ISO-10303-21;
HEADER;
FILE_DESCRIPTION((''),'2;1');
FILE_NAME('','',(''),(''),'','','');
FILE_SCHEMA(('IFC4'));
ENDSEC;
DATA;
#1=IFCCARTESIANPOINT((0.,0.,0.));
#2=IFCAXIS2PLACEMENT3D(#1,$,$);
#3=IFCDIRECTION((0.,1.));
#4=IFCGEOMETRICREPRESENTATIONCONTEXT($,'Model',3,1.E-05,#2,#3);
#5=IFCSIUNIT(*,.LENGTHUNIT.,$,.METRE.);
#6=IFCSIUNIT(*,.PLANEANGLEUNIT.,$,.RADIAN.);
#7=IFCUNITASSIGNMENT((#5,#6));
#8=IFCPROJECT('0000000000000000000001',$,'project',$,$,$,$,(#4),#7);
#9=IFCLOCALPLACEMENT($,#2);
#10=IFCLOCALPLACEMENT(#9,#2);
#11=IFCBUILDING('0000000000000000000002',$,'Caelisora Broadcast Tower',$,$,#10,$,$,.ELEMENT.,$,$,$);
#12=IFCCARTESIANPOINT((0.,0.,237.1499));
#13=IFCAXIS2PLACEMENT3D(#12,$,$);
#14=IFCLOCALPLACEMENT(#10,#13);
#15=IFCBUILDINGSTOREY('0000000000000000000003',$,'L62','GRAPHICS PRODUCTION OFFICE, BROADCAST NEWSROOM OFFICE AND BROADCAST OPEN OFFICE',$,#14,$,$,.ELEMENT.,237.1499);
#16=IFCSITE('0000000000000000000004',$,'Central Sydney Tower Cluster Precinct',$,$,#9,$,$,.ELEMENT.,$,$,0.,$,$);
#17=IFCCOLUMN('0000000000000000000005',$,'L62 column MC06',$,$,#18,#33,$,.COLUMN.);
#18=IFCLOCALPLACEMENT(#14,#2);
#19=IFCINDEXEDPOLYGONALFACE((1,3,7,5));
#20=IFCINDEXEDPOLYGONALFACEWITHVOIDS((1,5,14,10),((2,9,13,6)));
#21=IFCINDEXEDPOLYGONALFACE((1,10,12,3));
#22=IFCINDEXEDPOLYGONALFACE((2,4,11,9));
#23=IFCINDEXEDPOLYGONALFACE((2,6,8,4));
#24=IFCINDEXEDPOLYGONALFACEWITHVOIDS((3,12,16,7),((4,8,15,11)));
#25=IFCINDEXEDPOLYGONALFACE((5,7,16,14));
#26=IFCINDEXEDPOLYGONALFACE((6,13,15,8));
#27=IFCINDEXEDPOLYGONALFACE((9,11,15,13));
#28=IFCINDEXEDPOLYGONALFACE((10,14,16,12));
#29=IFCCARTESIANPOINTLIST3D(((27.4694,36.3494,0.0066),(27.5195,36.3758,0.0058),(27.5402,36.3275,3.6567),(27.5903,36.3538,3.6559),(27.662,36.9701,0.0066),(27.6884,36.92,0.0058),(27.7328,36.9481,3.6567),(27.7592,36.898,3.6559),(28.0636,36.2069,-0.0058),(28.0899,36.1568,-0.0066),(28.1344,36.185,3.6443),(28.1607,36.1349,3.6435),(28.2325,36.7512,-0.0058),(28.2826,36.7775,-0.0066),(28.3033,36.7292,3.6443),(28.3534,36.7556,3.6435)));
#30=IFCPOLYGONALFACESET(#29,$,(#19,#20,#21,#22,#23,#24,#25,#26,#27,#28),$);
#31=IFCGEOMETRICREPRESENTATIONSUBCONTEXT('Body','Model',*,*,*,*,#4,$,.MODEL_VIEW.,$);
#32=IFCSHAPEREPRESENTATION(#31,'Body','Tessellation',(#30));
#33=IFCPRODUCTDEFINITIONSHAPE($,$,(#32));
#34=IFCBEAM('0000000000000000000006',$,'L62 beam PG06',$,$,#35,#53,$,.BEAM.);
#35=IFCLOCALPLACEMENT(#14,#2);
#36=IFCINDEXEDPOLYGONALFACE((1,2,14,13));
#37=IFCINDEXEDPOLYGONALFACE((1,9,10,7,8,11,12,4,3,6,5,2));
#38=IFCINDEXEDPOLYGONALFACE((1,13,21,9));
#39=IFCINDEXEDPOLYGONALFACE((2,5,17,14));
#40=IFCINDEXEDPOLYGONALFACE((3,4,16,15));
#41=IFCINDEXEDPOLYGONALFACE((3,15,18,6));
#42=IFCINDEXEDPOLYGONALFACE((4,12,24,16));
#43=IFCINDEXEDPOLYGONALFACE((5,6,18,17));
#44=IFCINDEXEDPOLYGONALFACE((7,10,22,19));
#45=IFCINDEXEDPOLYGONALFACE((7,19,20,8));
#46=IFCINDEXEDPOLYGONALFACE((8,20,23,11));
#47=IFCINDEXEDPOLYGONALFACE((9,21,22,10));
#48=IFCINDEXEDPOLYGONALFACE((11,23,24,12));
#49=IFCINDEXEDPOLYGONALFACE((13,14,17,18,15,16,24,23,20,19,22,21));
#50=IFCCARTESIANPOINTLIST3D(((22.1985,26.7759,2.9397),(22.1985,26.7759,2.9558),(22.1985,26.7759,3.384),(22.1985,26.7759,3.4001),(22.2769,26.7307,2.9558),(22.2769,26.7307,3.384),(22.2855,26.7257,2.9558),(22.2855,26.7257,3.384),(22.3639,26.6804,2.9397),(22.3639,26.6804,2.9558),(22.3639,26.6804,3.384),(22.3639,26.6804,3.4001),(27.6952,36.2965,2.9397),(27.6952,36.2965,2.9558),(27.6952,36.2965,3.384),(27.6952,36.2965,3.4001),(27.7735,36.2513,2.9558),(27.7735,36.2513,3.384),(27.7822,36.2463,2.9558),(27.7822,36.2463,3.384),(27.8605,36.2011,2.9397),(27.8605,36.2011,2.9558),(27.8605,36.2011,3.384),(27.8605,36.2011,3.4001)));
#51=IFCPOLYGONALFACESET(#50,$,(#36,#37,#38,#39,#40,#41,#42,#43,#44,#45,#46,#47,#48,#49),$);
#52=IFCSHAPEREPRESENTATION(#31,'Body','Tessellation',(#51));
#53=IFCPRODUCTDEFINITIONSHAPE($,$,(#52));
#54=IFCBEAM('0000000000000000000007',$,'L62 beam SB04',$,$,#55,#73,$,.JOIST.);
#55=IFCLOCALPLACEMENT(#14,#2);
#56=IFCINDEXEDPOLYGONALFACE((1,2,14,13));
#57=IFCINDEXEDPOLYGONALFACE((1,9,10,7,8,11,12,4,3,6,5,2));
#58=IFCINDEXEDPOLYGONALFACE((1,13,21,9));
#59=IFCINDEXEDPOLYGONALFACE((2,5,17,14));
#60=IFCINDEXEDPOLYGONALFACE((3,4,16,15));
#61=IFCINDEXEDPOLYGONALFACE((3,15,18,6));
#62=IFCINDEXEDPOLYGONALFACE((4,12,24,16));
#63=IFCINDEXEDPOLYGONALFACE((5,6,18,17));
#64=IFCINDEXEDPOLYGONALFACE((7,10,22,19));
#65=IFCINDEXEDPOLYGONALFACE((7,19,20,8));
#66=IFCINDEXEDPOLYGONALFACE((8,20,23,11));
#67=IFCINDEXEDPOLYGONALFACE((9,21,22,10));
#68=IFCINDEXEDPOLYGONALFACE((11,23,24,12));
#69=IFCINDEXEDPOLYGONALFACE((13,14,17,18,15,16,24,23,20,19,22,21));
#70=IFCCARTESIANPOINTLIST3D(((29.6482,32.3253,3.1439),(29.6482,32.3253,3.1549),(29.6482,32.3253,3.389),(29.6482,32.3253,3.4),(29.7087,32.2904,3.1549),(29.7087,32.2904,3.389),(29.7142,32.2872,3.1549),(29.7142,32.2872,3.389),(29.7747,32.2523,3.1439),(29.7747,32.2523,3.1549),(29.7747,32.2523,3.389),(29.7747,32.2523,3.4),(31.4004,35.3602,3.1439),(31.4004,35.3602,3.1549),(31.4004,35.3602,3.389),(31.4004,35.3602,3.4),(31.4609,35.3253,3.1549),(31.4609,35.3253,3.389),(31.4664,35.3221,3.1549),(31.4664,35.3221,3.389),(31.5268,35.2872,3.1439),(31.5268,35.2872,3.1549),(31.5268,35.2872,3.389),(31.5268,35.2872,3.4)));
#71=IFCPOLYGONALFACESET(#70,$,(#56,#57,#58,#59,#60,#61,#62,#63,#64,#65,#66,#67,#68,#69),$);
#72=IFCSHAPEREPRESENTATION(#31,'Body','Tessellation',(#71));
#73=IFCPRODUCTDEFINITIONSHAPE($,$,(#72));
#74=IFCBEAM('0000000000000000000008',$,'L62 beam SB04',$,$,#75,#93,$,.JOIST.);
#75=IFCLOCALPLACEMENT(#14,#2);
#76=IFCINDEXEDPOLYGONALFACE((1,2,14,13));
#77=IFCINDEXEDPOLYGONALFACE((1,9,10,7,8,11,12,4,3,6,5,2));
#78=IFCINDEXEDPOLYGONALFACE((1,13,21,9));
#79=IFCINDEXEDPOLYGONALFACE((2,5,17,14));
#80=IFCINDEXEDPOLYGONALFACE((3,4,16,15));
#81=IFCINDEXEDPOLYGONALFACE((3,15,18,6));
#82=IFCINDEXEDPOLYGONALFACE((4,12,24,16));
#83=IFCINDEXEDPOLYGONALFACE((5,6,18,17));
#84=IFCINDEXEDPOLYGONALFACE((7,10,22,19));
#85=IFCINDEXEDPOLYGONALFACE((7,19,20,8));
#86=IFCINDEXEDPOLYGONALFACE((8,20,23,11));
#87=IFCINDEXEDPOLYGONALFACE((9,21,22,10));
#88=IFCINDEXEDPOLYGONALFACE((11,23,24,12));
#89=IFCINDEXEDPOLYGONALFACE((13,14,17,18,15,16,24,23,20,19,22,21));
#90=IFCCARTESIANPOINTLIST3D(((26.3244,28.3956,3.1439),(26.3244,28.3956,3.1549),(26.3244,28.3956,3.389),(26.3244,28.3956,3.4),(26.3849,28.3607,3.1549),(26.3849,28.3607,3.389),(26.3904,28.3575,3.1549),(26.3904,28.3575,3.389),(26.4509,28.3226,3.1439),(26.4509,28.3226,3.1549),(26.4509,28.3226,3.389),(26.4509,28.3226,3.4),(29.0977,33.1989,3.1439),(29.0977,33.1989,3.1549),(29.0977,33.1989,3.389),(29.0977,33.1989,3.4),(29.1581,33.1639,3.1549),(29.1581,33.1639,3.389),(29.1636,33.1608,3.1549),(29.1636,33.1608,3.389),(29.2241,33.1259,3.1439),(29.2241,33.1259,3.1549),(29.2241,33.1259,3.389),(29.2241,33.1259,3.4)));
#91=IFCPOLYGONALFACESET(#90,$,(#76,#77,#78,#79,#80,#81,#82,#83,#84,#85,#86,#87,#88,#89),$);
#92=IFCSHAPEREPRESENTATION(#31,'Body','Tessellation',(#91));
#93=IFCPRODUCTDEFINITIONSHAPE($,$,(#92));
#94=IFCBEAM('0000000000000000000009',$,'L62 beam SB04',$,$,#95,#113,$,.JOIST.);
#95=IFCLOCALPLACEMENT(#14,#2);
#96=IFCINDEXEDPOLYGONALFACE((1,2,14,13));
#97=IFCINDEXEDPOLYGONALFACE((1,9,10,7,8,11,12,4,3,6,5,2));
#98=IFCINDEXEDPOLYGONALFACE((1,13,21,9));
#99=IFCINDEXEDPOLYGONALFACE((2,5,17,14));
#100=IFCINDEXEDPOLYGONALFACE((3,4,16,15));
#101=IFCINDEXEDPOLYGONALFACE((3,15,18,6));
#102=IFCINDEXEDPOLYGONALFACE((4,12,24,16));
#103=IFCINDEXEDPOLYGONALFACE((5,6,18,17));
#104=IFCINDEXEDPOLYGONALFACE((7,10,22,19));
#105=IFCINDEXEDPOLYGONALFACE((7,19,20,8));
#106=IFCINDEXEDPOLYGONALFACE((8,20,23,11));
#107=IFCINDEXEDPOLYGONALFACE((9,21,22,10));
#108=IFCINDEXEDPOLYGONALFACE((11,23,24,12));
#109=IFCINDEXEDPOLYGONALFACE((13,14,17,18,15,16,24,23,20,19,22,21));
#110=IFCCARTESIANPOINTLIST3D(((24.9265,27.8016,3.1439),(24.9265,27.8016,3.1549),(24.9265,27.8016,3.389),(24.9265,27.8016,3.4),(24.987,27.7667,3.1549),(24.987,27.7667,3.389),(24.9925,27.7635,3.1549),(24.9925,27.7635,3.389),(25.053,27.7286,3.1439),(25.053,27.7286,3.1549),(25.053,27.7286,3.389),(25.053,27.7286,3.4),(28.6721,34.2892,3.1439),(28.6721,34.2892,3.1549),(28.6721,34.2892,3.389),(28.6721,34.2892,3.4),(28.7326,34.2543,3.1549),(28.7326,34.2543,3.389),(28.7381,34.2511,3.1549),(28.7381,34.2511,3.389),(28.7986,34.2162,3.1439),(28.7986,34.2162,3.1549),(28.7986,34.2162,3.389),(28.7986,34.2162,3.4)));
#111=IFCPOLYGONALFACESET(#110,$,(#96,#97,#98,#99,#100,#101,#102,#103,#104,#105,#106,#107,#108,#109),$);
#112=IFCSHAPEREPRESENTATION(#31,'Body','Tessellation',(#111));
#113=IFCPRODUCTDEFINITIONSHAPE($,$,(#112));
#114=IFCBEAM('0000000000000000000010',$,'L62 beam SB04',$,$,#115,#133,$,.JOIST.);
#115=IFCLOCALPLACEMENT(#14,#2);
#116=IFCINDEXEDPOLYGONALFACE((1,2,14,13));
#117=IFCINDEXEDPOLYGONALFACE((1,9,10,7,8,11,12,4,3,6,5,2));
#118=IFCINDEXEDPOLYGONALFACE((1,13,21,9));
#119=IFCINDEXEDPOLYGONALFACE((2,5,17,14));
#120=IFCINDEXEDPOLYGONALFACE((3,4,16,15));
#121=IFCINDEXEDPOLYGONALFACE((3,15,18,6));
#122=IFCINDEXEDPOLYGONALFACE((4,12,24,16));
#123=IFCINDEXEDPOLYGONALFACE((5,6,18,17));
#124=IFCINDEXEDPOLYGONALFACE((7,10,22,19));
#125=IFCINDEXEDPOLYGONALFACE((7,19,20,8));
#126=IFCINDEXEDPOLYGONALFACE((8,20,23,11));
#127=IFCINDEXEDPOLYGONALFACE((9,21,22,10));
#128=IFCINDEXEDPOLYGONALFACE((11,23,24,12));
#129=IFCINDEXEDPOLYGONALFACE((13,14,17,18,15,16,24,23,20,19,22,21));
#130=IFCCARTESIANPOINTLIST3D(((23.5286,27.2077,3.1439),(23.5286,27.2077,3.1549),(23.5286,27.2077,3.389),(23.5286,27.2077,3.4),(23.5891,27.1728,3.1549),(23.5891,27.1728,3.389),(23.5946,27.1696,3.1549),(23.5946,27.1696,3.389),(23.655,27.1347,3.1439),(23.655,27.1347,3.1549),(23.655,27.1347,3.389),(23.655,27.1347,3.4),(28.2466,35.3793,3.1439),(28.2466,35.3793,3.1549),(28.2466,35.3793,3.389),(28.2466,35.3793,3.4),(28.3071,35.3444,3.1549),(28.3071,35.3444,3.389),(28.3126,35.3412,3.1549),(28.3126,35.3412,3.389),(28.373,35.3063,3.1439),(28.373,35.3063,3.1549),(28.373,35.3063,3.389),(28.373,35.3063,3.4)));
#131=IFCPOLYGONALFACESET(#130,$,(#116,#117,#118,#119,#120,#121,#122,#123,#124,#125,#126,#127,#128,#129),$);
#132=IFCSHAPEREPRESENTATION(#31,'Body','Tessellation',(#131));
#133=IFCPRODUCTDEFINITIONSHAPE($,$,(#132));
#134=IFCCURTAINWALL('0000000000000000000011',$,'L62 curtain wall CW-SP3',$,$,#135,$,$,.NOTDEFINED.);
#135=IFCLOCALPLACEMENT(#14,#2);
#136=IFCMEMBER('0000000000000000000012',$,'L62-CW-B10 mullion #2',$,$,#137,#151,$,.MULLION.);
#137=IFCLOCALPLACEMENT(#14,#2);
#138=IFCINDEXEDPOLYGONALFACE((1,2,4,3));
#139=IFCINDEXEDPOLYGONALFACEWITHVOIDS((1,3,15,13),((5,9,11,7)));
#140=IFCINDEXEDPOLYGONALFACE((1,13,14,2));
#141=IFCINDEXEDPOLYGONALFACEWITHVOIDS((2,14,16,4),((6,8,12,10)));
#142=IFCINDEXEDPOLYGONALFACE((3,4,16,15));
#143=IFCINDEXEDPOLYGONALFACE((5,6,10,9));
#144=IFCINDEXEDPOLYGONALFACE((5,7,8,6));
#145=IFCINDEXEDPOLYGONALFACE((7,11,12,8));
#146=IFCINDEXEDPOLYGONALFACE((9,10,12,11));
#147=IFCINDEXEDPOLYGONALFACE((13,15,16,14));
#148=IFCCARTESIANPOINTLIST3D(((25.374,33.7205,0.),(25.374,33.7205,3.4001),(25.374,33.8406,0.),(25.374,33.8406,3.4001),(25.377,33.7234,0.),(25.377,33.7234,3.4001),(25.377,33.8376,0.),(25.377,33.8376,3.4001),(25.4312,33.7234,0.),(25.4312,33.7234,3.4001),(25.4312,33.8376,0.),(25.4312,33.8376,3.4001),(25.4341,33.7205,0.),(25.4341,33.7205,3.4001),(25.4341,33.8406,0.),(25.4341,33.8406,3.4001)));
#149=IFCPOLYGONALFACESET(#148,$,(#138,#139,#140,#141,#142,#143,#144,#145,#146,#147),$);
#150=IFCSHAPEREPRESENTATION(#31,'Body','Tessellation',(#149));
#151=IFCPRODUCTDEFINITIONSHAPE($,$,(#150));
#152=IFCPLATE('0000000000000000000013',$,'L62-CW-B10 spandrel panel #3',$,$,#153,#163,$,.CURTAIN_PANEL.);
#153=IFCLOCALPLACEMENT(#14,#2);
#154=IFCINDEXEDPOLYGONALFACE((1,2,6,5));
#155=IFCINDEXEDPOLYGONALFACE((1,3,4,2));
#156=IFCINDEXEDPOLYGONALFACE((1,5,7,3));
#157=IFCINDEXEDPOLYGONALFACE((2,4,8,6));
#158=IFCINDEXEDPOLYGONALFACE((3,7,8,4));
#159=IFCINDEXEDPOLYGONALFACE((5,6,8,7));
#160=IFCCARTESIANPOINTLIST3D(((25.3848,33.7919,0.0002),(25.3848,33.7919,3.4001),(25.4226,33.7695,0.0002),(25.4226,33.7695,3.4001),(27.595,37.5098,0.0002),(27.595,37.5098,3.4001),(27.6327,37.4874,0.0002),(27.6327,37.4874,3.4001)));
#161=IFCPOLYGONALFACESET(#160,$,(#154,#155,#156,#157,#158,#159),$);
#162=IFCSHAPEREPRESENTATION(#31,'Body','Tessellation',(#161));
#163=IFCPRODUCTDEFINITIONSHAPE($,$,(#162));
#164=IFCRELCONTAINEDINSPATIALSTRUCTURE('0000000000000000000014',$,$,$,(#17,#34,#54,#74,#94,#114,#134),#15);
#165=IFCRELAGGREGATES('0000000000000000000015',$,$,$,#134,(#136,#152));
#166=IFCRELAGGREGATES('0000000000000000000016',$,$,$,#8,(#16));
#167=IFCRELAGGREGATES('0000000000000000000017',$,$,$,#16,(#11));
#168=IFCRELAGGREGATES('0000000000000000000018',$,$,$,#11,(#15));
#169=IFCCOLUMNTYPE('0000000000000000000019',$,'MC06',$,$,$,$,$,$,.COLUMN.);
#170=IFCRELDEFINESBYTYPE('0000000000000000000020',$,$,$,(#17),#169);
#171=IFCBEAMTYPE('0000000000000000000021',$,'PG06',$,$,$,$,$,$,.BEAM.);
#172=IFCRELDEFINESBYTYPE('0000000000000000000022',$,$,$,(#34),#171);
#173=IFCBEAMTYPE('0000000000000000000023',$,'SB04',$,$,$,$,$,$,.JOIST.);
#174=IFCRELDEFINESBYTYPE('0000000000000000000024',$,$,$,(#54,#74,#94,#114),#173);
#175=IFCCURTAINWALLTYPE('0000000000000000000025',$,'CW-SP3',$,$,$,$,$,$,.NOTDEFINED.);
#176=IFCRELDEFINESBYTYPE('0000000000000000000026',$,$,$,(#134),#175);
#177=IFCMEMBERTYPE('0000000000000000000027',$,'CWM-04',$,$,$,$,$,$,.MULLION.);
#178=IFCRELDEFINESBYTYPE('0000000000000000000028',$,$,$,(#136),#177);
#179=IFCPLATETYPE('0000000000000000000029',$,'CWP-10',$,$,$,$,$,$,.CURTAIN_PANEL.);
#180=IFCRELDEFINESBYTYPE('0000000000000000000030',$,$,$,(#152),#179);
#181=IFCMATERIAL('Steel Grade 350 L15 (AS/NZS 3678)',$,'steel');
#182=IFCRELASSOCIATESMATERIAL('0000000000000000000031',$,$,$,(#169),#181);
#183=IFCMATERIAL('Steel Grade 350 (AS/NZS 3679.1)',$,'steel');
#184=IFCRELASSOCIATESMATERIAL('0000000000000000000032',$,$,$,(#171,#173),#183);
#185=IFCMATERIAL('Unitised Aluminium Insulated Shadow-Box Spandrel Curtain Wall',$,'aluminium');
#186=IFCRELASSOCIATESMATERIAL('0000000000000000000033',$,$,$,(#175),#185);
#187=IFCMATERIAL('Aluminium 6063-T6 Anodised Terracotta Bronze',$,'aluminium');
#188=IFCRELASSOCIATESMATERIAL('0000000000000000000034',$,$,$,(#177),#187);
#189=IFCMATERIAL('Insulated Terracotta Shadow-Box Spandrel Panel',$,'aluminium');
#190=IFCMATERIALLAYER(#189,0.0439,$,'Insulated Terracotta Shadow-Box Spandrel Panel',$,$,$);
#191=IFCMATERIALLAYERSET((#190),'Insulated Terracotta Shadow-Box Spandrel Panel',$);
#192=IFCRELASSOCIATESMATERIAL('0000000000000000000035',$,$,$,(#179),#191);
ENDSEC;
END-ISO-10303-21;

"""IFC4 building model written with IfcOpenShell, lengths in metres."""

from ifc_helpers import new_model, si_unit, direction, frame, origin, origin_2d, place, context, subcontext, project, spatial, rectangle, hollow_rectangle, i_section, extrude, source, transform, mapped, material, layer, layer_set, material_profile, profile_set, type_object, type_shapes, element, aggregate, save


model = new_model("IFC4")

# Units and contexts
model_context = context("Model", 3, precision=1e-05, world=origin(), true_north=direction((0.0, 1.0)))
body_context = subcontext(model_context, "Body", "Model", "MODEL_VIEW")
ifc_project = project(units=[si_unit("LENGTHUNIT", "METRE"), si_unit("PLANEANGLEUNIT", "RADIAN")], contexts=[model_context])

# Site, building, storey
site_placement = place(None, origin())
site = spatial("IfcSite", under=ifc_project, at=site_placement, Name="Central Sydney Tower Cluster Precinct", CompositionType="ELEMENT", RefElevation=0.0)
building_placement = place(site_placement, origin())
building = spatial("IfcBuilding", under=site, at=building_placement, Name="Caelisora Broadcast Tower", CompositionType="ELEMENT")
storey_placement = place(building_placement, frame((0.0, 0.0, 237.1499)))
storey = spatial("IfcBuildingStorey", under=building, at=storey_placement, Name="L62", Description="GRAPHICS PRODUCTION OFFICE, BROADCAST NEWSROOM OFFICE AND BROADCAST OPEN OFFICE", CompositionType="ELEMENT", Elevation=237.1499)

# Column
ifc_material_1 = material(Name="Steel Grade 350 L15 (AS/NZS 3678)", Category="steel")
ifc_material_profile_1 = material_profile(ifc_material_1, hollow_rectangle(XDim=0.6499, YDim=0.6499, WallThickness=0.04, at=origin_2d()), Name="Steel Grade 350 L15 (AS/NZS 3678)")
ifc_profile_set_1 = profile_set([ifc_material_profile_1], Name="Steel Grade 350 L15 (AS/NZS 3678)")
column_type = type_object("IfcColumnType", Name="MC06", PredefinedType="COLUMN", material=ifc_profile_set_1)
shared_shape_1 = source(origin(), body_context, "Body", "SweptSolid", [
    extrude(hollow_rectangle(XDim=0.6499, YDim=0.6499, WallThickness=0.04, at=origin_2d()), origin(), (0.0, 0.0, 1.0), 3.6509),
])
type_shapes(column_type, [shared_shape_1])
column_placement = place(storey_placement, frame((27.876, 36.5635, 0.0), z_axis=(0.019393, -0.006018, 0.999794), x_axis=(0.296399, 0.955064, 0.0)))
element("IfcColumn", 1, at=column_placement, inside=storey, type_object=column_type, Name="L62 column MC06", PredefinedType="COLUMN", context=body_context, shape_type="MappedRepresentation", body=[
    mapped(shared_shape_1, transform((0.0, 0.0, 0.0), scale=1.0)),
])

# Beams
ifc_material_2 = material(Name="Steel Grade 350 (AS/NZS 3679.1)", Category="steel")
ifc_material_profile_2 = material_profile(ifc_material_2, i_section(OverallWidth=0.1909, OverallDepth=0.4604, WebThickness=0.01, FlangeThickness=0.0161, at=origin_2d()), Name="Steel Grade 350 (AS/NZS 3679.1)")
ifc_profile_set_2 = profile_set([ifc_material_profile_2], Name="Steel Grade 350 (AS/NZS 3679.1)")
beam_type_1 = type_object("IfcBeamType", Name="PG06", PredefinedType="BEAM", material=ifc_profile_set_2)
shared_shape_2 = source(origin(), body_context, "Body", "SweptSolid", [
    extrude(i_section(OverallWidth=0.1909, OverallDepth=0.4604, WebThickness=0.01, FlangeThickness=0.0161, at=origin_2d()), origin(), (0.0, 0.0, 1.0), 10.9934),
])
type_shapes(beam_type_1, [shared_shape_2])
beam_1_placement = place(storey_placement, frame((27.7778, 36.2488, 3.1699), z_axis=(-0.499994, -0.866029, 0.0), x_axis=(0.866029, -0.499994, 0.0)))
element("IfcBeam", 2, at=beam_1_placement, inside=storey, type_object=beam_type_1, Name="L62 beam PG06", PredefinedType="BEAM", context=body_context, shape_type="MappedRepresentation", body=[
    mapped(shared_shape_2, transform((0.0, 0.0, 0.0), scale=1.0)),
])
ifc_material_profile_3 = material_profile(ifc_material_2, i_section(OverallWidth=0.146, OverallDepth=0.2561, WebThickness=0.0063, FlangeThickness=0.011, at=origin_2d()), Name="Steel Grade 350 (AS/NZS 3679.1)")
ifc_profile_set_3 = profile_set([ifc_material_profile_3], Name="Steel Grade 350 (AS/NZS 3679.1)")
beam_type_2 = type_object("IfcBeamType", Name="SB04", PredefinedType="JOIST", material=ifc_profile_set_3)
shared_shape_3 = source(origin(), body_context, "Body", "SweptSolid", [
    extrude(i_section(OverallWidth=0.146, OverallDepth=0.2561, WebThickness=0.0063, FlangeThickness=0.011, at=origin_2d()), origin(), (0.0, 0.0, 1.0), 3.5044),
])
beam_2_placement = place(storey_placement, frame((31.4636, 35.3237, 3.272), z_axis=(-0.499998, -0.866027, 0.0), x_axis=(0.866027, -0.499998, 0.0)))
element("IfcBeam", 3, at=beam_2_placement, inside=storey, type_object=beam_type_2, Name="L62 beam SB04", PredefinedType="JOIST", context=body_context, shape_type="MappedRepresentation", body=[
    mapped(shared_shape_3, transform((0.0, 0.0, 0.0), scale=1.0)),
])
shared_shape_4 = source(origin(), body_context, "Body", "SweptSolid", [
    extrude(i_section(OverallWidth=0.146, OverallDepth=0.2561, WebThickness=0.0063, FlangeThickness=0.011, at=origin_2d()), origin(), (0.0, 0.0, 1.0), 5.5464),
])
beam_3_placement = place(storey_placement, frame((29.1609, 33.1624, 3.272), z_axis=(-0.500007, -0.866021, 0.0), x_axis=(0.866021, -0.500007, 0.0)))
element("IfcBeam", 4, at=beam_3_placement, inside=storey, type_object=beam_type_2, Name="L62 beam SB04", PredefinedType="JOIST", context=body_context, shape_type="MappedRepresentation", body=[
    mapped(shared_shape_4, transform((0.0, 0.0, 0.0), scale=1.0)),
])
shared_shape_5 = source(origin(), body_context, "Body", "SweptSolid", [
    extrude(i_section(OverallWidth=0.146, OverallDepth=0.2561, WebThickness=0.0063, FlangeThickness=0.011, at=origin_2d()), origin(), (0.0, 0.0, 1.0), 7.4912),
])
beam_4_placement = place(storey_placement, frame((28.7354, 34.2527, 3.272), z_axis=(-0.500002, -0.866024, 0.0), x_axis=(0.866024, -0.500002, 0.0)))
element("IfcBeam", 5, at=beam_4_placement, inside=storey, type_object=beam_type_2, Name="L62 beam SB04", PredefinedType="JOIST", context=body_context, shape_type="MappedRepresentation", body=[
    mapped(shared_shape_5, transform((0.0, 0.0, 0.0), scale=1.0)),
])
shared_shape_6 = source(origin(), body_context, "Body", "SweptSolid", [
    extrude(i_section(OverallWidth=0.146, OverallDepth=0.2561, WebThickness=0.0063, FlangeThickness=0.011, at=origin_2d()), origin(), (0.0, 0.0, 1.0), 9.4358),
])
type_shapes(beam_type_2, [shared_shape_3, shared_shape_4, shared_shape_5, shared_shape_6])
beam_5_placement = place(storey_placement, frame((28.3098, 35.3428, 3.272), z_axis=(-0.50001, -0.86602, 0.0), x_axis=(0.86602, -0.50001, 0.0)))
element("IfcBeam", 6, at=beam_5_placement, inside=storey, type_object=beam_type_2, Name="L62 beam SB04", PredefinedType="JOIST", context=body_context, shape_type="MappedRepresentation", body=[
    mapped(shared_shape_6, transform((0.0, 0.0, 0.0), scale=1.0)),
])

# Curtain wall, member, plate
ifc_material_3 = material(Name="Unitised Aluminium Insulated Shadow-Box Spandrel Curtain Wall", Category="aluminium")
curtain_wall_type = type_object("IfcCurtainWallType", Name="CW-SP3", PredefinedType="NOTDEFINED", material=ifc_material_3)
curtain_wall_placement = place(storey_placement, origin())
curtain_wall = element("IfcCurtainWall", 7, at=curtain_wall_placement, inside=storey, type_object=curtain_wall_type, Name="L62 curtain wall CW-SP3", PredefinedType="NOTDEFINED")
ifc_material_4 = material(Name="Aluminium 6063-T6 Anodised Terracotta Bronze", Category="aluminium")
ifc_material_profile_4 = material_profile(ifc_material_4, hollow_rectangle(XDim=0.0601, YDim=0.1201, WallThickness=0.0029, at=origin_2d()), Name="Aluminium 6063-T6 Anodised Terracotta Bronze")
ifc_profile_set_4 = profile_set([ifc_material_profile_4], Name="Aluminium 6063-T6 Anodised Terracotta Bronze")
member_type = type_object("IfcMemberType", Name="CWM-04", PredefinedType="MULLION", material=ifc_profile_set_4)
shared_shape_7 = source(origin(), body_context, "Body", "SweptSolid", [
    extrude(hollow_rectangle(XDim=0.0601, YDim=0.1201, WallThickness=0.0029, at=origin_2d()), origin(), (0.0, 0.0, 1.0), 3.4001),
])
type_shapes(member_type, [shared_shape_7])
member_placement = place(storey_placement, frame((25.4041, 33.7805, 0.0), z_axis=(0.0, 0.0, 1.0), x_axis=(1.0, 0.0, 0.0)))
member = element("IfcMember", 8, at=member_placement, type_object=member_type, Name="L62-CW-B10 mullion #2", PredefinedType="MULLION", context=body_context, shape_type="MappedRepresentation", body=[
    mapped(shared_shape_7, transform((0.0, 0.0, 0.0), scale=1.0)),
])
ifc_material_5 = material(Name="Insulated Terracotta Shadow-Box Spandrel Panel", Category="aluminium")
ifc_layer_1 = layer(ifc_material_5, 0.0439, Name="Insulated Terracotta Shadow-Box Spandrel Panel")
ifc_layer_set_1 = layer_set([ifc_layer_1], Name="Insulated Terracotta Shadow-Box Spandrel Panel")
plate_type = type_object("IfcPlateType", Name="CWP-10", PredefinedType="CURTAIN_PANEL", material=ifc_layer_set_1)
shared_shape_8 = source(origin(), body_context, "Body", "SweptSolid", [
    extrude(rectangle(XDim=4.3252, YDim=0.0439, at=origin_2d()), origin(), (0.0, 0.0, 1.0), 3.3999),
])
type_shapes(plate_type, [shared_shape_8])
plate_placement = place(storey_placement, frame((26.5088, 35.6396, 0.0002), z_axis=(0.0, 0.0, 1.0), x_axis=(0.510993, 0.859585, 0.0)))
plate = element("IfcPlate", 9, at=plate_placement, type_object=plate_type, Name="L62-CW-B10 spandrel panel #3", PredefinedType="CURTAIN_PANEL", context=body_context, shape_type="MappedRepresentation", body=[
    mapped(shared_shape_8, transform((0.0, 0.0, 0.0), scale=1.0)),
])
aggregate(curtain_wall, [member, plate])

save(model, "model.ifc")
